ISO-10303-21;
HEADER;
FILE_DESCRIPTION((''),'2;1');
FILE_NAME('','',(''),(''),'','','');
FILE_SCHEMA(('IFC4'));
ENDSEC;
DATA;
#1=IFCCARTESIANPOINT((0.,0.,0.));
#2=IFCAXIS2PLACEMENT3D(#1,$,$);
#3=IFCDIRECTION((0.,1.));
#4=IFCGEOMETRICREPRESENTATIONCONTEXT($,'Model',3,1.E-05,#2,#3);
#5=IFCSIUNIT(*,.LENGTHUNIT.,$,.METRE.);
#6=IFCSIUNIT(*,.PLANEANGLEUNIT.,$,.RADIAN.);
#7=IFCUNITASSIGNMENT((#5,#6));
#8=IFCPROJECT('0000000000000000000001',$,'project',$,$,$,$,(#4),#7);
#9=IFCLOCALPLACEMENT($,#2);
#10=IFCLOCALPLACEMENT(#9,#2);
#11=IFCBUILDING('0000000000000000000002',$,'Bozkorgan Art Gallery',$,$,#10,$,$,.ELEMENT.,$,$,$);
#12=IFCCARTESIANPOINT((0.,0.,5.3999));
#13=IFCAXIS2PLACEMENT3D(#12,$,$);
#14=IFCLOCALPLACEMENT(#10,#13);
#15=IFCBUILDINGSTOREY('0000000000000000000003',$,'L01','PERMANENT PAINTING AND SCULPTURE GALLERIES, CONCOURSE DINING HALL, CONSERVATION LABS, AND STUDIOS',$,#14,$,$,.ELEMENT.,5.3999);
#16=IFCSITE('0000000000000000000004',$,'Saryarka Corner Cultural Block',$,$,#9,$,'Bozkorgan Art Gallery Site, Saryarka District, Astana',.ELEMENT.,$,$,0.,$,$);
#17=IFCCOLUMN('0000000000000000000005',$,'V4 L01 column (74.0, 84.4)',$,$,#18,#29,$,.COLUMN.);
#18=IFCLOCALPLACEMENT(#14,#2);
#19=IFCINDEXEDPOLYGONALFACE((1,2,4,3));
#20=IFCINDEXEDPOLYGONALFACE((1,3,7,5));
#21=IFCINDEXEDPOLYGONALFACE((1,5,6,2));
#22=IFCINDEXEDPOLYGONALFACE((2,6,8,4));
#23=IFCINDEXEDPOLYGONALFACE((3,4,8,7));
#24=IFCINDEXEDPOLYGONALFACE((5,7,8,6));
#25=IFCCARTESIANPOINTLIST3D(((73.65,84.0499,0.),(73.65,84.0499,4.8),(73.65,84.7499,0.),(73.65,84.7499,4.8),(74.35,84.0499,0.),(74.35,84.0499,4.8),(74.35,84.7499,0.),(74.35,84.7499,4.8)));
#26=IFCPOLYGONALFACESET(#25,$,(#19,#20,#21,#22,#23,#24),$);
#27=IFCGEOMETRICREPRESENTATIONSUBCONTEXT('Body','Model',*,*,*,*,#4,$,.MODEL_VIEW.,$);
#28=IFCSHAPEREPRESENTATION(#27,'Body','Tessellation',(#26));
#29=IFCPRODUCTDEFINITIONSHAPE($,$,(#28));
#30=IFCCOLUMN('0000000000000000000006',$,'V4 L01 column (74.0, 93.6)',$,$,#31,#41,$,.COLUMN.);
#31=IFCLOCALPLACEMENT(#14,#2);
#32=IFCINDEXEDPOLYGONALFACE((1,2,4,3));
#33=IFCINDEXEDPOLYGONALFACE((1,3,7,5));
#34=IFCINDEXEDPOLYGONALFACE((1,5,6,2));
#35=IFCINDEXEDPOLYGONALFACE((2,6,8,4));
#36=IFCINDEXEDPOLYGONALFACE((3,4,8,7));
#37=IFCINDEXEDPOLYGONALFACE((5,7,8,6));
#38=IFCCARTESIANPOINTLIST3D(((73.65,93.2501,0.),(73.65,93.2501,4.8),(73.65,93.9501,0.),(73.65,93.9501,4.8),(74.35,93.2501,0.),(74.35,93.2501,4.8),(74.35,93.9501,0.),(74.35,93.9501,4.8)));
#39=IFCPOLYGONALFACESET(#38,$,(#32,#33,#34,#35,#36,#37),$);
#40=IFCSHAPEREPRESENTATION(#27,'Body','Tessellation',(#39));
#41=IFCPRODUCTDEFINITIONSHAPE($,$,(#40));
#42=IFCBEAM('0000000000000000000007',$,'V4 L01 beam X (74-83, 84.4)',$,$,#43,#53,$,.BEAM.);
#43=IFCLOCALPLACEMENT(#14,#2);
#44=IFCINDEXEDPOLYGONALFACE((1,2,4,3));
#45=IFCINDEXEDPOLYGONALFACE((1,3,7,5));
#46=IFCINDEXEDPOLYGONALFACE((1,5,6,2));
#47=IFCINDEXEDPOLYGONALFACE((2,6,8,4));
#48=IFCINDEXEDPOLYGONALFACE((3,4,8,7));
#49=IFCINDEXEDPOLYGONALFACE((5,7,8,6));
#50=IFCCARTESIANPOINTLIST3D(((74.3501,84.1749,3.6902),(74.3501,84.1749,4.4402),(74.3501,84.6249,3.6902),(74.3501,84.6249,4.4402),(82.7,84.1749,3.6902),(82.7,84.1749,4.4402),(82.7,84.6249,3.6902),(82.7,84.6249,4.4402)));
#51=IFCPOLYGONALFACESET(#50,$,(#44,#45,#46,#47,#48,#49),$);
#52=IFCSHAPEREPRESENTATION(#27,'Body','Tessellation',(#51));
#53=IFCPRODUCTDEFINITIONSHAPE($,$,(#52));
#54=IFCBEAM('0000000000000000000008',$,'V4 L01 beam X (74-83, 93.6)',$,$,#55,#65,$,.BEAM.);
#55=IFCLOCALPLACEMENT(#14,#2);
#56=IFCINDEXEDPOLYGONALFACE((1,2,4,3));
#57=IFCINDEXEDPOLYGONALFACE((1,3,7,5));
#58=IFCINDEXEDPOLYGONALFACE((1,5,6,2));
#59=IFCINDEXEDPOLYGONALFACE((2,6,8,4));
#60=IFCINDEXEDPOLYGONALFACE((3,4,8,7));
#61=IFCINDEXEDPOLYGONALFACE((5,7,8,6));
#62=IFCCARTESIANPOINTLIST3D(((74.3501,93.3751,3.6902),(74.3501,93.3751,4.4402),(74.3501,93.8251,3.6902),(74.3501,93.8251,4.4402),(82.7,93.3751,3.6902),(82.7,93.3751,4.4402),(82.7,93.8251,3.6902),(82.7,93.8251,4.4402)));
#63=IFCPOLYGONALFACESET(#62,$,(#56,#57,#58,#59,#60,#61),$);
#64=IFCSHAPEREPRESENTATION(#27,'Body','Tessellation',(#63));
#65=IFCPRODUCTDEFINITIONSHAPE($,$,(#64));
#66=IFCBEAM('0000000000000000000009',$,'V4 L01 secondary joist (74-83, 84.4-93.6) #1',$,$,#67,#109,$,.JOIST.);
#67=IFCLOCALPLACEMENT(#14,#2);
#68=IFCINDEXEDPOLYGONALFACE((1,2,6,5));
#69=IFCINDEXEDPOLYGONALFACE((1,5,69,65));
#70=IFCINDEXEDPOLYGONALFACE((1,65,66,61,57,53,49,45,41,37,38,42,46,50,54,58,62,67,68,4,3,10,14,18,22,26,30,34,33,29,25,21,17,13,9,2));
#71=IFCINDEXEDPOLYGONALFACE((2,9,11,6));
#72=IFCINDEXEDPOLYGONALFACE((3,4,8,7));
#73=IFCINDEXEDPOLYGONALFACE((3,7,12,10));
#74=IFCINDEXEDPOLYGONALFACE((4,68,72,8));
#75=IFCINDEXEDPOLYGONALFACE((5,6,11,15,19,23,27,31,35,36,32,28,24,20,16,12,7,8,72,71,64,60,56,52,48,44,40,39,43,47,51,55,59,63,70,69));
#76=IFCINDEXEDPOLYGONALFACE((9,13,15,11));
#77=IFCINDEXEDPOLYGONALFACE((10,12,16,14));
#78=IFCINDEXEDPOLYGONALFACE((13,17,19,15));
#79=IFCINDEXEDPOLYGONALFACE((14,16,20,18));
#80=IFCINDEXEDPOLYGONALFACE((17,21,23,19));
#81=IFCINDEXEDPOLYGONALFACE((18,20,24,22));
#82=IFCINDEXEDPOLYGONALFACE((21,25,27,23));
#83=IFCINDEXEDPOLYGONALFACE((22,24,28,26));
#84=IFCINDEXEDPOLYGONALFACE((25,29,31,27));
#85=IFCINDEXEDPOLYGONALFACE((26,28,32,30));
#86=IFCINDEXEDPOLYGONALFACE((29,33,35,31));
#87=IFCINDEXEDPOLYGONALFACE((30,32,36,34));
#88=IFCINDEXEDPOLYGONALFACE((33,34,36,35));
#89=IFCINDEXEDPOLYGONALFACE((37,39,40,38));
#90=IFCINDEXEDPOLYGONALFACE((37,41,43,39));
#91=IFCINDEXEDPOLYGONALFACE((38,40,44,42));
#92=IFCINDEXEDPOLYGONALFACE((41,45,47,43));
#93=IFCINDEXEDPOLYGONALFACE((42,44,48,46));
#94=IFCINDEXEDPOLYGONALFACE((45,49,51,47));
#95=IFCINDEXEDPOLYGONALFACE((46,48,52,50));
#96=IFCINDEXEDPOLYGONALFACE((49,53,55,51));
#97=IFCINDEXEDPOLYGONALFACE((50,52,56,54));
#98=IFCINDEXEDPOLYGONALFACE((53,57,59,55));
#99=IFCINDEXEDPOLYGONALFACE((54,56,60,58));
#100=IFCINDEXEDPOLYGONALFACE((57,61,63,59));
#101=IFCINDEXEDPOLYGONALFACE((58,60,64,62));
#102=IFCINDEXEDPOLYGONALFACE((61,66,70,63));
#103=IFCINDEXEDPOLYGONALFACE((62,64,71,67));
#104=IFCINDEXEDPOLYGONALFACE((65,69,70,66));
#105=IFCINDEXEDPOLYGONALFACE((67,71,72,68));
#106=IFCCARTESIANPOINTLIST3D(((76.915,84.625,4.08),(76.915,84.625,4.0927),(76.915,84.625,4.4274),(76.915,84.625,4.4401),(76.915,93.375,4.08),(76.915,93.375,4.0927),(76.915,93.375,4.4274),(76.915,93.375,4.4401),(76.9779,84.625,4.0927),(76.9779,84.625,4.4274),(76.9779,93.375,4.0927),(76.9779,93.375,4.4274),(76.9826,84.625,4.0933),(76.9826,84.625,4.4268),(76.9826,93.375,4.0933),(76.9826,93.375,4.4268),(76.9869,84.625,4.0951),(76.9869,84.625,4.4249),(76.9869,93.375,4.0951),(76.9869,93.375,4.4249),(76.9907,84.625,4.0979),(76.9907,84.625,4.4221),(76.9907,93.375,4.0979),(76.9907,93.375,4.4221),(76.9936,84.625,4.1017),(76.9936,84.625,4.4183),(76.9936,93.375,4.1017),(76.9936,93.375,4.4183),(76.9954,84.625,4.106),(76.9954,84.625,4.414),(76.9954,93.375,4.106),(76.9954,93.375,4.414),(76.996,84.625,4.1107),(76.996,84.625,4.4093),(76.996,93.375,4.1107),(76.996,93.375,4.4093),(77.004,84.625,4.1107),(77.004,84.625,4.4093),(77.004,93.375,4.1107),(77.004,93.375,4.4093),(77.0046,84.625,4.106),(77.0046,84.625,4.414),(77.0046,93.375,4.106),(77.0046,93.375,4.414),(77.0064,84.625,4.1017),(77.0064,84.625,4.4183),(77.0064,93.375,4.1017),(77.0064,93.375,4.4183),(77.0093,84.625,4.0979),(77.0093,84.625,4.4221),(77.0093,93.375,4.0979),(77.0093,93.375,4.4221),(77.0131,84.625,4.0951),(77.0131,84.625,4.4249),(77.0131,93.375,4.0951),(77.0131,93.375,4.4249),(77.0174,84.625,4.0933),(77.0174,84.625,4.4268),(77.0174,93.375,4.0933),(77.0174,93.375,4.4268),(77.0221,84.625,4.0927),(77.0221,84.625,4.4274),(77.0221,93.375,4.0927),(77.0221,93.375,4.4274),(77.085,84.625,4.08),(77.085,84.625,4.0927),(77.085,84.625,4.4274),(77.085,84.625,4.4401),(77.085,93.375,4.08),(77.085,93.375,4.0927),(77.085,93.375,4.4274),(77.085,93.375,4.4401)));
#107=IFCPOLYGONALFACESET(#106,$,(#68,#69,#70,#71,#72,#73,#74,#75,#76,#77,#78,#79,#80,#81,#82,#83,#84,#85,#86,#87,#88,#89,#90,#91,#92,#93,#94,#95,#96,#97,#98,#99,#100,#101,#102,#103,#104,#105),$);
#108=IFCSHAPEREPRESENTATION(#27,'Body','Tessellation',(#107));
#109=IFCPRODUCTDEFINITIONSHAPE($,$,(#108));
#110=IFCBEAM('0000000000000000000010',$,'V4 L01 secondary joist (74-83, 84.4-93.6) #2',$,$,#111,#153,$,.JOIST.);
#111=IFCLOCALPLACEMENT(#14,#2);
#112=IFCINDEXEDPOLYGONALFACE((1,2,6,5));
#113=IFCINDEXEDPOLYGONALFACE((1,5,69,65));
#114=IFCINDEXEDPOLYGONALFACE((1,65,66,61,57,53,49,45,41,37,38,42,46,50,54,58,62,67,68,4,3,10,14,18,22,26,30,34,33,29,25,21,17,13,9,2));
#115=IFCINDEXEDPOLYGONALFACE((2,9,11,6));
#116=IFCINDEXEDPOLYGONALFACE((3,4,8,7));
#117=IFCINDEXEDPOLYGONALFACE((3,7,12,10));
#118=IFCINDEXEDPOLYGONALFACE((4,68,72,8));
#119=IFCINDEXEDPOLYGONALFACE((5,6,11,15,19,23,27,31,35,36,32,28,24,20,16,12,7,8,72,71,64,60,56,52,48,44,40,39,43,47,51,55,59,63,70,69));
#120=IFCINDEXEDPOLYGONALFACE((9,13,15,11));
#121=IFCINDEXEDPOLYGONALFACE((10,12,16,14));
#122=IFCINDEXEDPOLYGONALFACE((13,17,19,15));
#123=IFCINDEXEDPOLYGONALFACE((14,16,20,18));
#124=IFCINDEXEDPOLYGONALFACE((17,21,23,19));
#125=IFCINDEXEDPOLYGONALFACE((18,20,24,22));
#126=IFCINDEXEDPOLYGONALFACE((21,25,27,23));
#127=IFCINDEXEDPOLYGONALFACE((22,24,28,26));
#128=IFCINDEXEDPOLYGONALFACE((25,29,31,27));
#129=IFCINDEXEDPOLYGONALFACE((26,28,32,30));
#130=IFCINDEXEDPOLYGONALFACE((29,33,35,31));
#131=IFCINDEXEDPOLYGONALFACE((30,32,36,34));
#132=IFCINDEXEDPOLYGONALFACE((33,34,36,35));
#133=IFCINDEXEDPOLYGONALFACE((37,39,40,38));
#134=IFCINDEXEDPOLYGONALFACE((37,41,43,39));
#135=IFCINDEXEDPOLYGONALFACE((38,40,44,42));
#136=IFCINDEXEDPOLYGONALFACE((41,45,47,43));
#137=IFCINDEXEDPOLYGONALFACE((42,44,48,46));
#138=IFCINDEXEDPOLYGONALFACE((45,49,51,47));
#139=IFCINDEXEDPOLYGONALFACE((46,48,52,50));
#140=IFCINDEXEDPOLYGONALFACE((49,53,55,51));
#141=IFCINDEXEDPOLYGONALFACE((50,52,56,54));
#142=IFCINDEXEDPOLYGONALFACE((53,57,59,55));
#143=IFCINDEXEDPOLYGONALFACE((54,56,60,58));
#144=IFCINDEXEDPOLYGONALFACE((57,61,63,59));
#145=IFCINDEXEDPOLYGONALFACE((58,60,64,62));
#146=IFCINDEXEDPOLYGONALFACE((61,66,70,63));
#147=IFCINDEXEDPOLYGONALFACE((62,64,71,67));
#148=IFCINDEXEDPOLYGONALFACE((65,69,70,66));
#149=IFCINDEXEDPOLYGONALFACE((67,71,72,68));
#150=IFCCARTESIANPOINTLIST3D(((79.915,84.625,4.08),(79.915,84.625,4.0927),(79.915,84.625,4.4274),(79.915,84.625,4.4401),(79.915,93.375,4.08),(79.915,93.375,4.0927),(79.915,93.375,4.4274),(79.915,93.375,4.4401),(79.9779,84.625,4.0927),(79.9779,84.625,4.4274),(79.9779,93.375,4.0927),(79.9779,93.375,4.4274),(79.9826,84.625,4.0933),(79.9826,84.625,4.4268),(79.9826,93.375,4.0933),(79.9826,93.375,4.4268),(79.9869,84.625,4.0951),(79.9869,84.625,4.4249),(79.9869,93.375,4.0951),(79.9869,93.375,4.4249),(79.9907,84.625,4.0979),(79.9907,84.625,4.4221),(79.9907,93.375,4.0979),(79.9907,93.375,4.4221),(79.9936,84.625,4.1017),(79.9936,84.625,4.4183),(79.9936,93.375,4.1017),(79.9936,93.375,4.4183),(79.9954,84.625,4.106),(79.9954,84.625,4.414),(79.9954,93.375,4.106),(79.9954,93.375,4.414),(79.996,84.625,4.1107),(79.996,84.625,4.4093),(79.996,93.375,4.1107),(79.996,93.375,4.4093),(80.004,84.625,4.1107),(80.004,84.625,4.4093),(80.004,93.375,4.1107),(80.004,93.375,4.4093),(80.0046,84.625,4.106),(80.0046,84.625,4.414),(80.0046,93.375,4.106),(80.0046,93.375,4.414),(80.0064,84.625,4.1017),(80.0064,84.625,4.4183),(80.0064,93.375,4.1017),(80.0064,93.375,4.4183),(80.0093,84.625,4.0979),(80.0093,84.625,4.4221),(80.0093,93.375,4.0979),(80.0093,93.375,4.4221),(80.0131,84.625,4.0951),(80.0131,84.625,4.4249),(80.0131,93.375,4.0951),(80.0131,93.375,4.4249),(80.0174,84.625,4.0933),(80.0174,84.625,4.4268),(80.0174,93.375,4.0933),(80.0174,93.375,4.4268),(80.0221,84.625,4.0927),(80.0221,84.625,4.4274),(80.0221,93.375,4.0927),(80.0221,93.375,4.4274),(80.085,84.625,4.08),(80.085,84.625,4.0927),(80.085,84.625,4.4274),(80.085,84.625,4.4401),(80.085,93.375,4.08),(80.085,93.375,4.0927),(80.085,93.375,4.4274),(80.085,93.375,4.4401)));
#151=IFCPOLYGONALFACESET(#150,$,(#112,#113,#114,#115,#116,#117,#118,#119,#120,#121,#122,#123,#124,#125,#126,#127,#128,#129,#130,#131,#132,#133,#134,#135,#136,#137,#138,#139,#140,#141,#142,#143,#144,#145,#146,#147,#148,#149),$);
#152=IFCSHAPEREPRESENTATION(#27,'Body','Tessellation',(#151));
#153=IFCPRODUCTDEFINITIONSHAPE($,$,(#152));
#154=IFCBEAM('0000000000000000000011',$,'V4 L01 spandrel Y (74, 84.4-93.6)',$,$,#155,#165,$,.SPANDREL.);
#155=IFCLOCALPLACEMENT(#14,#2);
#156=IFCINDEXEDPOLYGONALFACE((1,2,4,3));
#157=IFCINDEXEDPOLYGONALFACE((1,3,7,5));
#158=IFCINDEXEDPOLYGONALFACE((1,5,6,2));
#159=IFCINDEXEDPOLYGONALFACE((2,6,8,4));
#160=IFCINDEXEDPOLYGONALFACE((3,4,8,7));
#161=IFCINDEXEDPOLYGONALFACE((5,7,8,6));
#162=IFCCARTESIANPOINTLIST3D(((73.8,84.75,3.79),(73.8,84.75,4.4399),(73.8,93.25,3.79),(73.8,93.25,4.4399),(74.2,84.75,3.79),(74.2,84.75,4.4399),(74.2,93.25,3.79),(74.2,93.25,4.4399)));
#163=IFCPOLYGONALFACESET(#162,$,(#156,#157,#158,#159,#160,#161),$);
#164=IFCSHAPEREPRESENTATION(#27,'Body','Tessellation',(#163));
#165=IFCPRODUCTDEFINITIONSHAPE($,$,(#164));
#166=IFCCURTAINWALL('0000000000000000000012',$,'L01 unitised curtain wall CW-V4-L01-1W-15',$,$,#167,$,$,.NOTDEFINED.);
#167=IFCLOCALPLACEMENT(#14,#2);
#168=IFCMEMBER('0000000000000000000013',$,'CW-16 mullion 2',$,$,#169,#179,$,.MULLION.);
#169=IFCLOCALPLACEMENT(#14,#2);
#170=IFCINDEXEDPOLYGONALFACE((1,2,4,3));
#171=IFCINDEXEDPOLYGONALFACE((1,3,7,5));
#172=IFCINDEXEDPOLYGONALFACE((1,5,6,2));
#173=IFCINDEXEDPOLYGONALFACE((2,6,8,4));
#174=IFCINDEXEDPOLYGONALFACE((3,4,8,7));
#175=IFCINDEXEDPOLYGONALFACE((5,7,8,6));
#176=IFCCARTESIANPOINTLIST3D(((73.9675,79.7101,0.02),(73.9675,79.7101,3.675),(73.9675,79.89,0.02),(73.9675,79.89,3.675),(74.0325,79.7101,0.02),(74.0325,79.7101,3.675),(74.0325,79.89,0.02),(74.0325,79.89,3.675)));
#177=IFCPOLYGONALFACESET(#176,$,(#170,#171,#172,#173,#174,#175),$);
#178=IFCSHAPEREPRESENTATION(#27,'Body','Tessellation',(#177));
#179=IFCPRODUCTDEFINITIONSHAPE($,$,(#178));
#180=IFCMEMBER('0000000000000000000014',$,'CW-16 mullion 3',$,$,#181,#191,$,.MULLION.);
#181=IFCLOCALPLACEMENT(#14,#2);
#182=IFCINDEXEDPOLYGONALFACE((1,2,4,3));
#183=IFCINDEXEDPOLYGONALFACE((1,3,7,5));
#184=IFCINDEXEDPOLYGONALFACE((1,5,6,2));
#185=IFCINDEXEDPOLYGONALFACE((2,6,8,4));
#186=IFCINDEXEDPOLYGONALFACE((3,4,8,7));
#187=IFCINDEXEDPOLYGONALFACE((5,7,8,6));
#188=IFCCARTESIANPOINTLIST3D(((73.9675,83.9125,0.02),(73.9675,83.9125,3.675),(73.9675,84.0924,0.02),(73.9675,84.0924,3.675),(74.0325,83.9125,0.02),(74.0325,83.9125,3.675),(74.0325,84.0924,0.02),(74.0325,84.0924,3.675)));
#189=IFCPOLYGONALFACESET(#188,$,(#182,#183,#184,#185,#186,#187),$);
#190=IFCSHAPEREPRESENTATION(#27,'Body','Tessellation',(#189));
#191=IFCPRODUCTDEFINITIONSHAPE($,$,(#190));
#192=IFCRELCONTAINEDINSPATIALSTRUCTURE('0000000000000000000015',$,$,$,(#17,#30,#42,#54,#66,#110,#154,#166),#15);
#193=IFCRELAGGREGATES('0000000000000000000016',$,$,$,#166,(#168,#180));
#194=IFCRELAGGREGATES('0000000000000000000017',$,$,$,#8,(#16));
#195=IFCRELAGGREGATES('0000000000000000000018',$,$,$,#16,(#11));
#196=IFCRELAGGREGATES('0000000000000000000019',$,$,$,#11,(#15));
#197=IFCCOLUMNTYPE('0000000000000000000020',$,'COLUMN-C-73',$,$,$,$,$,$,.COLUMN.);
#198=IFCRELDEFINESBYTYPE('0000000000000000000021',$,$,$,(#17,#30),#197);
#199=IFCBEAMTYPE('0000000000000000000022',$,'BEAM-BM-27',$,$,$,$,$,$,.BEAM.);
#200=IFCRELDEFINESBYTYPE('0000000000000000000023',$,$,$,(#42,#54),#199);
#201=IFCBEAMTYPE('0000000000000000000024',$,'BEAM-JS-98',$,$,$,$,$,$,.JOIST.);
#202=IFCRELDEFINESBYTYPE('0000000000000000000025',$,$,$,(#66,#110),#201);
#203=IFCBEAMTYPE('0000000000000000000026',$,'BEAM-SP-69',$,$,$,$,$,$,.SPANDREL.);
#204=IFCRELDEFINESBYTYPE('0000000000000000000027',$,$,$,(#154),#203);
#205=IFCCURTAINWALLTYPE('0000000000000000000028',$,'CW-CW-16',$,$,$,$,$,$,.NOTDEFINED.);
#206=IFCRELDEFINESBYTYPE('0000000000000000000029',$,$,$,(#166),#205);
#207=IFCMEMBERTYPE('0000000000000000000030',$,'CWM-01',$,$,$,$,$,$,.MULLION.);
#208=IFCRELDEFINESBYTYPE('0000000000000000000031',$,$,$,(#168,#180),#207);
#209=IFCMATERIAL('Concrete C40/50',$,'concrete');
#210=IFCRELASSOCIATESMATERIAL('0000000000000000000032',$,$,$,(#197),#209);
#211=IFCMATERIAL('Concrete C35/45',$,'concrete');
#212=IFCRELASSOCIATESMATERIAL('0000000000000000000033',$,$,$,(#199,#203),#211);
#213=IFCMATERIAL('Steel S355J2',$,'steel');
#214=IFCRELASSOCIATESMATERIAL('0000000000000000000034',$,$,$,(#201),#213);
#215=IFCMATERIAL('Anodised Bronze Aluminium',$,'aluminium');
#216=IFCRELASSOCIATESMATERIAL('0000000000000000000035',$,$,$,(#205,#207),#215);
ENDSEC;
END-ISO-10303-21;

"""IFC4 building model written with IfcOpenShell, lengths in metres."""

from ifc_helpers import new_model, si_unit, direction, frame, origin, origin_2d, place, context, subcontext, project, spatial, rectangle, i_section, extrude, material, material_profile, profile_set, type_object, element, aggregate, save


model = new_model("IFC4")

# Units and contexts
model_context = context("Model", 3, precision=1e-05, world=origin(), true_north=direction((0.0, 1.0)))
body_context = subcontext(model_context, "Body", "Model", "MODEL_VIEW")
ifc_project = project(units=[si_unit("LENGTHUNIT", "METRE"), si_unit("PLANEANGLEUNIT", "RADIAN")], contexts=[model_context])

# Site, building, storey
site_placement = place(None, origin())
site = spatial("IfcSite", under=ifc_project, at=site_placement, Name="Saryarka Corner Cultural Block", LongName="Bozkorgan Art Gallery Site, Saryarka District, Astana", CompositionType="ELEMENT", RefElevation=0.0)
building_placement = place(site_placement, origin())
building = spatial("IfcBuilding", under=site, at=building_placement, Name="Bozkorgan Art Gallery", CompositionType="ELEMENT")
storey_placement = place(building_placement, frame((0.0, 0.0, 5.3999)))
storey = spatial("IfcBuildingStorey", under=building, at=storey_placement, Name="L01", Description="PERMANENT PAINTING AND SCULPTURE GALLERIES, CONCOURSE DINING HALL, CONSERVATION LABS, AND STUDIOS", CompositionType="ELEMENT", Elevation=5.3999)

# Columns
ifc_material_1 = material(Name="Concrete C40/50", Category="concrete")
ifc_material_profile_1 = material_profile(ifc_material_1, rectangle(XDim=0.7, YDim=0.7, at=origin_2d()), Name="RC 700x700")
ifc_profile_set_1 = profile_set([ifc_material_profile_1], Name="Concrete C40/50")
column_type = type_object("IfcColumnType", Name="COLUMN-C-73", PredefinedType="COLUMN", material=ifc_profile_set_1)
for number, where, z_axis, x_axis, name in (
    (1, (74.0, 84.3999, 0.0), (0.0, 0.0, 1.0), (1.0, 0.0, 0.0), "V4 L01 column (74.0, 84.4)"),
    (2, (74.0, 93.6001, 0.0), (0.0, 0.0, 1.0), (1.0, 0.0, 0.0), "V4 L01 column (74.0, 93.6)"),
):
    element("IfcColumn", number, at=place(storey_placement, frame(where, z_axis=z_axis, x_axis=x_axis)), inside=storey, type_object=column_type, Name=name, PredefinedType="COLUMN", context=body_context, shape_type="SweptSolid", body=[
        extrude(rectangle(XDim=0.7, YDim=0.7, at=origin_2d()), origin(), (0.0, 0.0, 1.0), 4.8),
    ])

# Beams
ifc_material_2 = material(Name="Concrete C35/45", Category="concrete")
ifc_material_profile_2 = material_profile(ifc_material_2, rectangle(XDim=0.45, YDim=0.75, at=origin_2d()), Name="RC 450x750")
ifc_profile_set_2 = profile_set([ifc_material_profile_2], Name="Concrete C35/45")
beam_type_1 = type_object("IfcBeamType", Name="BEAM-BM-27", PredefinedType="BEAM", material=ifc_profile_set_2)
for number, where, z_axis, x_axis, name in (
    (3, (74.3501, 84.3999, 4.0652), (1.0, 0.0, 0.0), (0.0, 1.0, 0.0), "V4 L01 beam X (74-83, 84.4)"),
    (4, (74.3501, 93.6001, 4.0652), (1.0, 0.0, 0.0), (0.0, 1.0, 0.0), "V4 L01 beam X (74-83, 93.6)"),
):
    element("IfcBeam", number, at=place(storey_placement, frame(where, z_axis=z_axis, x_axis=x_axis)), inside=storey, type_object=beam_type_1, Name=name, PredefinedType="BEAM", context=body_context, shape_type="SweptSolid", body=[
        extrude(rectangle(XDim=0.45, YDim=0.75, at=origin_2d()), origin(), (0.0, 0.0, 1.0), 8.3499),
    ])
ifc_material_3 = material(Name="Steel S355J2", Category="steel")
ifc_material_profile_3 = material_profile(ifc_material_3, i_section(OverallWidth=0.1699, OverallDepth=0.3601, WebThickness=0.0081, FlangeThickness=0.0127, FilletRadius=0.0181, at=origin_2d()), Name="IPE 360")
ifc_profile_set_3 = profile_set([ifc_material_profile_3], Name="Steel S355J2")
beam_type_2 = type_object("IfcBeamType", Name="BEAM-JS-98", PredefinedType="JOIST", material=ifc_profile_set_3)
for number, where, z_axis, x_axis, name in (
    (5, (77.0, 84.625, 4.26), (0.0, 1.0, 0.0), (-1.0, 0.0, 0.0), "V4 L01 secondary joist (74-83, 84.4-93.6) #1"),
    (6, (80.0, 84.625, 4.26), (0.0, 1.0, 0.0), (-1.0, 0.0, 0.0), "V4 L01 secondary joist (74-83, 84.4-93.6) #2"),
):
    element("IfcBeam", number, at=place(storey_placement, frame(where, z_axis=z_axis, x_axis=x_axis)), inside=storey, type_object=beam_type_2, Name=name, PredefinedType="JOIST", context=body_context, shape_type="SweptSolid", body=[
        extrude(i_section(OverallWidth=0.1699, OverallDepth=0.3601, WebThickness=0.0081, FlangeThickness=0.0127, FilletRadius=0.0181, at=origin_2d()), origin(), (0.0, 0.0, 1.0), 8.75),
    ])
ifc_material_profile_4 = material_profile(ifc_material_2, rectangle(XDim=0.3999, YDim=0.6499, at=origin_2d()), Name="RC 400x650")
ifc_profile_set_4 = profile_set([ifc_material_profile_4], Name="Concrete C35/45")
beam_type_3 = type_object("IfcBeamType", Name="BEAM-SP-69", PredefinedType="SPANDREL", material=ifc_profile_set_4)
beam_placement = place(storey_placement, frame((74.0, 84.75, 4.115), z_axis=(0.0, 1.0, 0.0), x_axis=(-1.0, 0.0, 0.0)))
element("IfcBeam", 7, at=beam_placement, inside=storey, type_object=beam_type_3, Name="V4 L01 spandrel Y (74, 84.4-93.6)", PredefinedType="SPANDREL", context=body_context, shape_type="SweptSolid", body=[
    extrude(rectangle(XDim=0.3999, YDim=0.6499, at=origin_2d()), origin(), (0.0, 0.0, 1.0), 8.5),
])

# Curtain wall, members
ifc_material_4 = material(Name="Anodised Bronze Aluminium", Category="aluminium")
curtain_wall_type = type_object("IfcCurtainWallType", Name="CW-CW-16", PredefinedType="NOTDEFINED", material=ifc_material_4)
curtain_wall_1_placement = place(storey_placement, origin())
curtain_wall_1 = element("IfcCurtainWall", 8, at=curtain_wall_1_placement, inside=storey, type_object=curtain_wall_type, Name="L01 unitised curtain wall CW-V4-L01-1W-15", PredefinedType="NOTDEFINED")
ifc_material_profile_5 = material_profile(ifc_material_4, rectangle(XDim=0.0649, YDim=0.1799, at=origin_2d()), Name="ALU MULLION 65x180")
ifc_profile_set_5 = profile_set([ifc_material_profile_5], Name="Anodised Bronze Aluminium")
member_type_1 = type_object("IfcMemberType", Name="CWM-01", PredefinedType="MULLION", material=ifc_profile_set_5)
member_1_placement = place(storey_placement, frame((74.0, 79.8, 0.02), z_axis=(0.0, 0.0, 1.0), x_axis=(-1.0, 0.0, 0.0)))
member_1 = element("IfcMember", 9, at=member_1_placement, type_object=member_type_1, Name="CW-16 mullion 2", PredefinedType="MULLION", context=body_context, shape_type="SweptSolid", body=[
    extrude(rectangle(XDim=0.0649, YDim=0.1799, at=origin_2d()), origin(), (0.0, 0.0, 1.0), 3.655),
])
member_2_placement = place(storey_placement, frame((74.0, 84.0024, 0.02), z_axis=(0.0, 0.0, 1.0), x_axis=(-1.0, 0.0, 0.0)))
member_2 = element("IfcMember", 10, at=member_2_placement, type_object=member_type_1, Name="CW-16 mullion 3", PredefinedType="MULLION", context=body_context, shape_type="SweptSolid", body=[
    extrude(rectangle(XDim=0.0649, YDim=0.1799, at=origin_2d()), origin(), (0.0, 0.0, 1.0), 3.655),
])

aggregate(curtain_wall_1, [member_1, member_2])

save(model, "model.ifc")
